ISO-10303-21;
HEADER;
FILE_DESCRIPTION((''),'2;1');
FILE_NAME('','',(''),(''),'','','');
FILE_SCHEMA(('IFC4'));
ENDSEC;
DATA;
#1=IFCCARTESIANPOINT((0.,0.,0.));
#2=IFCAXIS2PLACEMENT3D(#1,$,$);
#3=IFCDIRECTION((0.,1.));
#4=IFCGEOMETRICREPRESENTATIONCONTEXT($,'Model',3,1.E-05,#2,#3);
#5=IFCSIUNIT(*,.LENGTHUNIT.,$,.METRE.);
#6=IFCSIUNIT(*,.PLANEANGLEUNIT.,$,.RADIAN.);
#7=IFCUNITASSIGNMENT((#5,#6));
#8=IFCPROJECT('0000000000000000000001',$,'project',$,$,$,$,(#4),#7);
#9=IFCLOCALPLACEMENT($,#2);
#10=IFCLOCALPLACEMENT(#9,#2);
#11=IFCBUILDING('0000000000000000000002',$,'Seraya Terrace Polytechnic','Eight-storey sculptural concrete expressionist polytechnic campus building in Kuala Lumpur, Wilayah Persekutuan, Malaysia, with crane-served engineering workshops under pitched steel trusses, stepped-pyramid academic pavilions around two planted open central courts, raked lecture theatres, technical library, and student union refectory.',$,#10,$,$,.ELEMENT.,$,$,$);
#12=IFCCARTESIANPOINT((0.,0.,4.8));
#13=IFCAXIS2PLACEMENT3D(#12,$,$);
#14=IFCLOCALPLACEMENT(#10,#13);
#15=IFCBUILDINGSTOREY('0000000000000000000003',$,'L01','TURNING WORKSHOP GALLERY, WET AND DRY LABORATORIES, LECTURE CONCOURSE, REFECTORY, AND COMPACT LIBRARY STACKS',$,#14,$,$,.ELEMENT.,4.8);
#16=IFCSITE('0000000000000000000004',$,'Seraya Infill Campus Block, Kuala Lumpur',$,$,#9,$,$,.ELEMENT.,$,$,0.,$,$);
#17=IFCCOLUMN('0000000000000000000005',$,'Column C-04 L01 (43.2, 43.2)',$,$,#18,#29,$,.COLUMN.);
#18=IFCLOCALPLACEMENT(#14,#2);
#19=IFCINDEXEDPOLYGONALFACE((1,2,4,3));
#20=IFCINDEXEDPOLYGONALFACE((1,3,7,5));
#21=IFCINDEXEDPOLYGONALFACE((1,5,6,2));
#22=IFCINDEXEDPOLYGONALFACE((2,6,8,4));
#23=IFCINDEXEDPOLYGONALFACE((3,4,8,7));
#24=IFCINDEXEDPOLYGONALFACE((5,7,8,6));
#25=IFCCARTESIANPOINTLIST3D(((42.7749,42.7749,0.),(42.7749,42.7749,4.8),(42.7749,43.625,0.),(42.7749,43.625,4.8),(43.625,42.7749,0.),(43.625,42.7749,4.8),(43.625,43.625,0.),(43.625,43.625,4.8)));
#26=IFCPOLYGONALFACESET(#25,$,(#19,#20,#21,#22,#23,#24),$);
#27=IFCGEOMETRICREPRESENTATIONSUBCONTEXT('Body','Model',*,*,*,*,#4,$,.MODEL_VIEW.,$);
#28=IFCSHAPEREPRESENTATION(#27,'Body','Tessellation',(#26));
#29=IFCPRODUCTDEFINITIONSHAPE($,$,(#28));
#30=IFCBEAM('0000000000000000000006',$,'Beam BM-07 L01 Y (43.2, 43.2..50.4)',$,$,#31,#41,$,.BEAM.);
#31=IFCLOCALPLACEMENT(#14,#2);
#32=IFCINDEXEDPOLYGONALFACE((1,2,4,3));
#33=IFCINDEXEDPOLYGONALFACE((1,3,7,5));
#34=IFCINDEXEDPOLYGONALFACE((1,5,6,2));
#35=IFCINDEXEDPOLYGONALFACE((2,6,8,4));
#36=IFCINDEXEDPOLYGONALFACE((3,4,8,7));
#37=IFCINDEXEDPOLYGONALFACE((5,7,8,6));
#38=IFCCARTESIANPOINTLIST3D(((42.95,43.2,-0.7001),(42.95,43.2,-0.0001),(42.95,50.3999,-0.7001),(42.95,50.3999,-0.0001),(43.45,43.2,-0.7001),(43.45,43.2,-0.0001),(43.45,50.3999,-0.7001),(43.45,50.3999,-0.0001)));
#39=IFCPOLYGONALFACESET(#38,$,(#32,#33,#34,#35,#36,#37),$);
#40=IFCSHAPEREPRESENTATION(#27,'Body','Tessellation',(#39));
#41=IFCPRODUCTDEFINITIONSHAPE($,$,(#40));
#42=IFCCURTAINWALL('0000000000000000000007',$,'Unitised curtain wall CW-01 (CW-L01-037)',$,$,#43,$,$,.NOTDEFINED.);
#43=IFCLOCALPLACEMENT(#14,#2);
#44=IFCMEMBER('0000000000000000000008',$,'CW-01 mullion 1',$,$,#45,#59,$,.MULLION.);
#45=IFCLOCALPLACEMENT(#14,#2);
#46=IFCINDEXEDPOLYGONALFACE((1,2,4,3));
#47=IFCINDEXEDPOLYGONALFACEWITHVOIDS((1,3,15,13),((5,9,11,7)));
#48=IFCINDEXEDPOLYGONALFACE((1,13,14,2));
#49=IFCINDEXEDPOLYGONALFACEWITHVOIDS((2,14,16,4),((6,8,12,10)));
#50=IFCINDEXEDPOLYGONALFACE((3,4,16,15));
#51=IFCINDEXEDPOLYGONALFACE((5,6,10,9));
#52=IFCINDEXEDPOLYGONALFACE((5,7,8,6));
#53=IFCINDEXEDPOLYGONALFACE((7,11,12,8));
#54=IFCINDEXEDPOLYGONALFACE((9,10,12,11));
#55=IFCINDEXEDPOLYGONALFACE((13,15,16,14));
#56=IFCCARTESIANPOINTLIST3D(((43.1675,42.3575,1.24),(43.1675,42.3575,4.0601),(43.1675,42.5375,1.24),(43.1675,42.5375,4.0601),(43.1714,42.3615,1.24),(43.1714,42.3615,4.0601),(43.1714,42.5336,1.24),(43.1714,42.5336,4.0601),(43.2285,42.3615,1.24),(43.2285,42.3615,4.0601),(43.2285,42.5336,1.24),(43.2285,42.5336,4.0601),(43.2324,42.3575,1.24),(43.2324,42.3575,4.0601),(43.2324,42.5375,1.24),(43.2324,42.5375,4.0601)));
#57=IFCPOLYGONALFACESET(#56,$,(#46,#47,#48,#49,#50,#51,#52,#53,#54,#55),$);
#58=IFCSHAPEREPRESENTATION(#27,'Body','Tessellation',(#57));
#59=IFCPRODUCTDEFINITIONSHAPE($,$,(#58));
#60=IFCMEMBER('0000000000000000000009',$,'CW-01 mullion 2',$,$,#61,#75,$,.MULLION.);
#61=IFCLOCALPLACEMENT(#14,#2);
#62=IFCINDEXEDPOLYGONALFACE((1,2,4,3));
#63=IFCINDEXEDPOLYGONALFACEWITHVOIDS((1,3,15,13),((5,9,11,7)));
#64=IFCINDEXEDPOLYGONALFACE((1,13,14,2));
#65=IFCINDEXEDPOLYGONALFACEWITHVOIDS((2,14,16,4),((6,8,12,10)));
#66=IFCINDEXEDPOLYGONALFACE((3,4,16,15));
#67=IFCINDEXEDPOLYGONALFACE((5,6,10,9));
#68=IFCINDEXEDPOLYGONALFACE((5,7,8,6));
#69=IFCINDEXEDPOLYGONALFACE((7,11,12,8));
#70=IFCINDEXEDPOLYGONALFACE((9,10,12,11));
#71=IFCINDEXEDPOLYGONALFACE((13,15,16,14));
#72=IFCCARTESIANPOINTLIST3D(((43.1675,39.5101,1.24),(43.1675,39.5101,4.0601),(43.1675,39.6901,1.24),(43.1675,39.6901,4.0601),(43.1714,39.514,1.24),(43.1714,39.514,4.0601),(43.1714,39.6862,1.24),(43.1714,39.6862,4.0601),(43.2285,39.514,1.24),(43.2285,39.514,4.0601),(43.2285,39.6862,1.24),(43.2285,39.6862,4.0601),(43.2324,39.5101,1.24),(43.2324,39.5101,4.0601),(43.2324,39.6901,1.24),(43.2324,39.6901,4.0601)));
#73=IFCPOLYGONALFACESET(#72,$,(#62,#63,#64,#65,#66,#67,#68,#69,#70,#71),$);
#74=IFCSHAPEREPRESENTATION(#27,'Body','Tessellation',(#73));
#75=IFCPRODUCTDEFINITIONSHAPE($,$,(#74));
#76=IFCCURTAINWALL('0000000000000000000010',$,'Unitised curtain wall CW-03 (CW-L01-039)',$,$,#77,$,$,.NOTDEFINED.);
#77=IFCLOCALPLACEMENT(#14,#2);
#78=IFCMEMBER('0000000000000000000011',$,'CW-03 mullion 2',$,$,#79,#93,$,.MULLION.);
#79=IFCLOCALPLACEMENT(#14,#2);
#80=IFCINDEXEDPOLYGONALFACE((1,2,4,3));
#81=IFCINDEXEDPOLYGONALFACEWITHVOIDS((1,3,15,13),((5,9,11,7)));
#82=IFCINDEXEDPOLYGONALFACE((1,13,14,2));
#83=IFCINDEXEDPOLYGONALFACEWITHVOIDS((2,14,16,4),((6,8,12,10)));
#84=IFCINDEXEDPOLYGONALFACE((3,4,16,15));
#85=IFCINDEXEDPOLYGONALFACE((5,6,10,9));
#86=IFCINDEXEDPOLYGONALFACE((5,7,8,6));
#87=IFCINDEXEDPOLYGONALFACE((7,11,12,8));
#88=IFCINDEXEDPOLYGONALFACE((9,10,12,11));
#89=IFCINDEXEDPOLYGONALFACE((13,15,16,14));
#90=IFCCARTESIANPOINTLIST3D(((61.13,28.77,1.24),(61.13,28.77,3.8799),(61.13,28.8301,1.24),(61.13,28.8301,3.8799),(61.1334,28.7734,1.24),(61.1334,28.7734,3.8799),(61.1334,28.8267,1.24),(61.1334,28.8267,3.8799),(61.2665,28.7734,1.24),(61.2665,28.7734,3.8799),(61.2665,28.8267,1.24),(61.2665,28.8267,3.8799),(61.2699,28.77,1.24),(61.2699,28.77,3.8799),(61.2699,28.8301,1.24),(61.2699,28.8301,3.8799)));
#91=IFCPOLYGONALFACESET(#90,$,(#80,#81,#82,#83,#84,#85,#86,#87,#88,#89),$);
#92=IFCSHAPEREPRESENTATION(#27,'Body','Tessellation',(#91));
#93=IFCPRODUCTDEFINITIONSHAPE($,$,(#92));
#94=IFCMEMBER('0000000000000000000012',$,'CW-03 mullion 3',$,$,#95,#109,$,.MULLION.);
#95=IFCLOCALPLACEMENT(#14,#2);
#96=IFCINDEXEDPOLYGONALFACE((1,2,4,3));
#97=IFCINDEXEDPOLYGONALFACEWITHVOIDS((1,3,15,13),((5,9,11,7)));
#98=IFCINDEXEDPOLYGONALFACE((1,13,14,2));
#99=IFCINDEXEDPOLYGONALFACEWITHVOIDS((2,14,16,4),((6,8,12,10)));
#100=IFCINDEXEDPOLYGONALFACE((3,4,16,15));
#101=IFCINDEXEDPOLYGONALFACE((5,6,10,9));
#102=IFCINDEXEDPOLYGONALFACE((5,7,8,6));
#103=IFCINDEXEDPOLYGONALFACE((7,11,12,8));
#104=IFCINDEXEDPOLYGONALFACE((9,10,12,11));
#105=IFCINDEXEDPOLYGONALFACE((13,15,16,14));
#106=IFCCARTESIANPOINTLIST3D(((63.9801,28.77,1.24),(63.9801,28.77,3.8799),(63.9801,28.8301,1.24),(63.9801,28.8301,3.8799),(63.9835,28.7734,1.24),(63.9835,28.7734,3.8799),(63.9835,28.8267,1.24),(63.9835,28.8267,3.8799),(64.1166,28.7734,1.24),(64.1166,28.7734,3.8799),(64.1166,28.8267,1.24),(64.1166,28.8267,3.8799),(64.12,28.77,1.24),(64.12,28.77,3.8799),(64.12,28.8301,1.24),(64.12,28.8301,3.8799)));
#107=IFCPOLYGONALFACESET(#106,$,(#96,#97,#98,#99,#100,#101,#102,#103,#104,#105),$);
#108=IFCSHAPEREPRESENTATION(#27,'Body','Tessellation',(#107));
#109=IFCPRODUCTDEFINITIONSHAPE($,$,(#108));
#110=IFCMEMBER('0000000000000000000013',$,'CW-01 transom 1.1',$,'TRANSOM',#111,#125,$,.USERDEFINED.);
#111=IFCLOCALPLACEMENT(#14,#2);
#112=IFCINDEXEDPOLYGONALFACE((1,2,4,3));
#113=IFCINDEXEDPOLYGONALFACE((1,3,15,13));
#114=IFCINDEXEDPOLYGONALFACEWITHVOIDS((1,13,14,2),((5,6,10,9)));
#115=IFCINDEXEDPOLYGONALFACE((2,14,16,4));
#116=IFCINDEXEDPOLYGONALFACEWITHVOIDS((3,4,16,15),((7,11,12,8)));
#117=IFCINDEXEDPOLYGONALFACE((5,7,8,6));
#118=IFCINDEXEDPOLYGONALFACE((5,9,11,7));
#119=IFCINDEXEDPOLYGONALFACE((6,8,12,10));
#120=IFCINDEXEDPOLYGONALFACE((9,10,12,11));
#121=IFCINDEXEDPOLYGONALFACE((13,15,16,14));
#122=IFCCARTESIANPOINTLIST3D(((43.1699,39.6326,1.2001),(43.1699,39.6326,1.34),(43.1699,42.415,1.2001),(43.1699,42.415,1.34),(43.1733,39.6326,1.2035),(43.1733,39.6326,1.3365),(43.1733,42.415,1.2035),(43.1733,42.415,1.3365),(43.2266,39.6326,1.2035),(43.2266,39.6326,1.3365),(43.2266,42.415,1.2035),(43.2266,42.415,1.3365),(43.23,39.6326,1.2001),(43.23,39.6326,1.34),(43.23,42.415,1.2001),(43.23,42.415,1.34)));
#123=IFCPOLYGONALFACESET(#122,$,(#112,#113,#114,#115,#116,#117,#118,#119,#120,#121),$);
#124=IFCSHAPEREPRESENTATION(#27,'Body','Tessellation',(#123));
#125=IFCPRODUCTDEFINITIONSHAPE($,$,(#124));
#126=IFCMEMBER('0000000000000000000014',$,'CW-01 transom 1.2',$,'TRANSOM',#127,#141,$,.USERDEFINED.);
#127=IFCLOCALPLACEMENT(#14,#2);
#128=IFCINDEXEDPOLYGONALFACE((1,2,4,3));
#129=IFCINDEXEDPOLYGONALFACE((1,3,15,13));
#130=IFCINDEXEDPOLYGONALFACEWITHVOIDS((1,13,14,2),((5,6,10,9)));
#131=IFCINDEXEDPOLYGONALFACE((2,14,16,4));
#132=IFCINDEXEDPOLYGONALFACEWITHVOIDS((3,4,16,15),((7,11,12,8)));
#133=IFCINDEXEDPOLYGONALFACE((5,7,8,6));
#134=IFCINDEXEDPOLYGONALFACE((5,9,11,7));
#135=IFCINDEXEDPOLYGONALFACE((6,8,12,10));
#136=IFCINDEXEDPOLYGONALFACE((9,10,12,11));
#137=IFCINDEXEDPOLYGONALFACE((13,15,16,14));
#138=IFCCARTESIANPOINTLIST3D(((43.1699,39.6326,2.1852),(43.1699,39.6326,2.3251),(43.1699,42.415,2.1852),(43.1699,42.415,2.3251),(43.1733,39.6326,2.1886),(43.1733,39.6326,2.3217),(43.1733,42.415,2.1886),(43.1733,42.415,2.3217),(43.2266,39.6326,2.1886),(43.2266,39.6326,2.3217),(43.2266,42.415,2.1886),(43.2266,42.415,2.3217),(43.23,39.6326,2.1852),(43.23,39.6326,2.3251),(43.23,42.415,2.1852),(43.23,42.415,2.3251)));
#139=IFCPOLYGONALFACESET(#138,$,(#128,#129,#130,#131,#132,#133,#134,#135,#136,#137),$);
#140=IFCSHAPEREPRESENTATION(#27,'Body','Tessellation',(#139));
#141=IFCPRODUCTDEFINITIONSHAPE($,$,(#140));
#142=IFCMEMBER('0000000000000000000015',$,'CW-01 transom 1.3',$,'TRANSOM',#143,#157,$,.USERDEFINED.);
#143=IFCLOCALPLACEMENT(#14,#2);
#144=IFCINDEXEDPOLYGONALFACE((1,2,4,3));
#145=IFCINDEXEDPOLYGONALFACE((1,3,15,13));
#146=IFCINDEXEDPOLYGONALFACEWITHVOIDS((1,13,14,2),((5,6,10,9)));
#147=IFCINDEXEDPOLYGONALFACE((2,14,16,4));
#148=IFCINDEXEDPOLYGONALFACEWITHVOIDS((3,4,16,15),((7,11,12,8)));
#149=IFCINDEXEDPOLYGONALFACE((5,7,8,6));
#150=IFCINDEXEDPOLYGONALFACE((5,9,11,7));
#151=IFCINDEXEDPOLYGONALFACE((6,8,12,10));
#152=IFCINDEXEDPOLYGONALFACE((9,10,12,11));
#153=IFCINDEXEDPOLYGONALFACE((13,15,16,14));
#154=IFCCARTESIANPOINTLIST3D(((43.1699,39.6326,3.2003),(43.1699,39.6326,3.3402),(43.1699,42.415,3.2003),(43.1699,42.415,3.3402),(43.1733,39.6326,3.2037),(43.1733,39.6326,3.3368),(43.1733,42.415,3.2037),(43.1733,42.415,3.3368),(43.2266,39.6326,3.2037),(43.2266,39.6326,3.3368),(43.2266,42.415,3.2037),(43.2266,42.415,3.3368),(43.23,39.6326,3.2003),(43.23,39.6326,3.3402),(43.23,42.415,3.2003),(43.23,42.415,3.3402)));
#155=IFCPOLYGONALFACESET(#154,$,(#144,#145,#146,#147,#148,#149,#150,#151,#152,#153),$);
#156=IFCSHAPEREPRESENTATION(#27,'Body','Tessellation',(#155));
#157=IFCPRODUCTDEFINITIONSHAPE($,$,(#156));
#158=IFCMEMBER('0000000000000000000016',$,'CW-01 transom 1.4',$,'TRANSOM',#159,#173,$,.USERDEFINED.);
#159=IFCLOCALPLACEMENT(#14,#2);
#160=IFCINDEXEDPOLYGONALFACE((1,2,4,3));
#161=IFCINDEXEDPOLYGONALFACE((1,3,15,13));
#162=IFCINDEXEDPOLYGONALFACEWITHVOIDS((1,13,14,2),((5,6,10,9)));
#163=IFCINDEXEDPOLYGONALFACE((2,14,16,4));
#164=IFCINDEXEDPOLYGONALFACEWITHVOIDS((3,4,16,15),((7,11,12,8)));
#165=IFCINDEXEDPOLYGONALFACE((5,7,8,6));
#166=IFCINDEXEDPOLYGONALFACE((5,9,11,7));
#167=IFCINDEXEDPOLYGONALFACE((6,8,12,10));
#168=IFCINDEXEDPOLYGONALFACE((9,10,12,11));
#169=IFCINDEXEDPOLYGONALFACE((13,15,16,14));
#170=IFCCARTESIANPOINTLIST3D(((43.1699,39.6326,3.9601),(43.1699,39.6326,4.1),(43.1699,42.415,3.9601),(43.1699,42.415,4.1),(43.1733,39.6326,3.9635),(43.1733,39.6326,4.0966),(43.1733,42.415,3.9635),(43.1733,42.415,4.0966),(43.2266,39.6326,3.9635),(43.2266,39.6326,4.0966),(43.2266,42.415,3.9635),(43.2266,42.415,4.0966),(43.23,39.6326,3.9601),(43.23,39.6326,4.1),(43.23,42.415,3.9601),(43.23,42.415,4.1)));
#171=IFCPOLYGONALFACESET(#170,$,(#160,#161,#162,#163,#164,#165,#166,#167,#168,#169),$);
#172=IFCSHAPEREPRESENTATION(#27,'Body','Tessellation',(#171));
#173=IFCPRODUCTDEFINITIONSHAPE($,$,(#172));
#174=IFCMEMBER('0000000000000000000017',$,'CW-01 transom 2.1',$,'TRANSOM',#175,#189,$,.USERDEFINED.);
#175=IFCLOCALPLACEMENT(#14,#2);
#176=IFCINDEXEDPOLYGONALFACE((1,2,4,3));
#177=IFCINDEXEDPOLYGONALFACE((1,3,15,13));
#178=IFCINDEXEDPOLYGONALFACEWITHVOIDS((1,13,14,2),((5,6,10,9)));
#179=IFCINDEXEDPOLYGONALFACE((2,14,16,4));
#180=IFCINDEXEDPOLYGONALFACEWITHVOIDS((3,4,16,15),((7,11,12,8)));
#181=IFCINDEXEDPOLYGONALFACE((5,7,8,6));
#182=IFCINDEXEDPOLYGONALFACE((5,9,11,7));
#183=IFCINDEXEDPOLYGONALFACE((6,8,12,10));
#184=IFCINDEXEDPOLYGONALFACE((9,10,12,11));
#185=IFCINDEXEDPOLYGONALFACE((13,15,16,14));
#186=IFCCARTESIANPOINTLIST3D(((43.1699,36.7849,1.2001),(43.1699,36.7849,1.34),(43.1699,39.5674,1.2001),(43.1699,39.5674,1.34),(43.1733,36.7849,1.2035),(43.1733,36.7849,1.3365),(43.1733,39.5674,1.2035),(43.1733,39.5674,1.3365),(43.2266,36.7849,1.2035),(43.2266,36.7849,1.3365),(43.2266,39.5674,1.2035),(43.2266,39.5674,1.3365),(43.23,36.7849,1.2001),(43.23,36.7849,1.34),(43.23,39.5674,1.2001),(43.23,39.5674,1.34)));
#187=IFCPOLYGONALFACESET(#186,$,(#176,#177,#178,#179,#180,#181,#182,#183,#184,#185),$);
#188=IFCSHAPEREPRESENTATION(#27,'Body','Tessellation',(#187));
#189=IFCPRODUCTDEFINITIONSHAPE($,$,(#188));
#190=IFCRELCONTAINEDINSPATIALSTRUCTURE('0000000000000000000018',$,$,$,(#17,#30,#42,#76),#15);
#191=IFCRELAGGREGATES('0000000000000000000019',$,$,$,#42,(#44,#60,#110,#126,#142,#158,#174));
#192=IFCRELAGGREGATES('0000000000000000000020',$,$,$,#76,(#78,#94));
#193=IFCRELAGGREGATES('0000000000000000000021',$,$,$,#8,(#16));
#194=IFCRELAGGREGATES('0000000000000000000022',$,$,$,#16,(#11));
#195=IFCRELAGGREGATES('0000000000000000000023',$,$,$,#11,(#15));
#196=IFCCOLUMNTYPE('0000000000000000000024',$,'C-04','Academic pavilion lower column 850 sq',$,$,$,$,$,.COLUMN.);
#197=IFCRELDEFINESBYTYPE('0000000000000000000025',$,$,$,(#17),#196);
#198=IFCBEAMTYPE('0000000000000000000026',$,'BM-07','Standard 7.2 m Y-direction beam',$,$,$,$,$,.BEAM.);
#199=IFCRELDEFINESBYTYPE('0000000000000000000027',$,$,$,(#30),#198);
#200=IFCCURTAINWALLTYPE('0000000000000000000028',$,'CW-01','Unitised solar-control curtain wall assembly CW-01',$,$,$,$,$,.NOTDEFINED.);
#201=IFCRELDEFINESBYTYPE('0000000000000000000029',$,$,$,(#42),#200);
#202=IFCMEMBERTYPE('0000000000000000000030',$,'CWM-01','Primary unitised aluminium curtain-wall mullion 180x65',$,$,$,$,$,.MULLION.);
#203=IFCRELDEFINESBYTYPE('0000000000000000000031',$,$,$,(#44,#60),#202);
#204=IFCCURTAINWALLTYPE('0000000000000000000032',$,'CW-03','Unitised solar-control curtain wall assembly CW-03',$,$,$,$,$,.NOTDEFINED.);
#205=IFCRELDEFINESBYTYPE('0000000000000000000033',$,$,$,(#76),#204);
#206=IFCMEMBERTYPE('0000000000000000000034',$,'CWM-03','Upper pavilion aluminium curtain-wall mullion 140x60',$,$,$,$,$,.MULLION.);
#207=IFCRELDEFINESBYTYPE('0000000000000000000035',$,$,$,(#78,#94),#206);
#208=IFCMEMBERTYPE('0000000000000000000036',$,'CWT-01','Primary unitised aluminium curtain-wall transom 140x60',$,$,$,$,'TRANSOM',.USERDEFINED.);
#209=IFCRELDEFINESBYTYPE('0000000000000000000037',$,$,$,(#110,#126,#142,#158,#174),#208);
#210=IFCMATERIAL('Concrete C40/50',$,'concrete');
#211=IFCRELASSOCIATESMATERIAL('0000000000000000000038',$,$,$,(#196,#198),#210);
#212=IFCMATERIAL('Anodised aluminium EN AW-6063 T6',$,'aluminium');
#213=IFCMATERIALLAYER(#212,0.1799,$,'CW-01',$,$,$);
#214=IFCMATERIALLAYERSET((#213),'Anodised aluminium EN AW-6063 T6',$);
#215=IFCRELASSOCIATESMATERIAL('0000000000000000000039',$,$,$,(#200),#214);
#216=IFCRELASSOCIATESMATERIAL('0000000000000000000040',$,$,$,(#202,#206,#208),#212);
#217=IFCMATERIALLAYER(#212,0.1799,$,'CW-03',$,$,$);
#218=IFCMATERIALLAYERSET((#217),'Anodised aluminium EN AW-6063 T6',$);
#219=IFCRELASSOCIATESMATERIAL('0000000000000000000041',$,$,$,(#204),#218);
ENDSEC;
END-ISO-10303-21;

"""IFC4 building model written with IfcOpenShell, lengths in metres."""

from ifc_helpers import new_model, si_unit, direction, frame, origin, origin_2d, place, context, subcontext, project, spatial, rectangle, hollow_rectangle, extrude, material, layer, layer_set, material_profile, profile_set, type_object, element, aggregate, save


model = new_model("IFC4")

# Units and contexts
model_context = context("Model", 3, precision=1e-05, world=origin(), true_north=direction((0.0, 1.0)))
body_context = subcontext(model_context, "Body", "Model", "MODEL_VIEW")
ifc_project = project(units=[si_unit("LENGTHUNIT", "METRE"), si_unit("PLANEANGLEUNIT", "RADIAN")], contexts=[model_context])

# Site, building, storey
site_placement = place(None, origin())
site = spatial("IfcSite", under=ifc_project, at=site_placement, Name="Seraya Infill Campus Block, Kuala Lumpur", CompositionType="ELEMENT", RefElevation=0.0)
building_placement = place(site_placement, origin())
building = spatial("IfcBuilding", under=site, at=building_placement, Name="Seraya Terrace Polytechnic", Description="Eight-storey sculptural concrete expressionist polytechnic campus building in Kuala Lumpur, Wilayah Persekutuan, Malaysia, with crane-served engineering workshops under pitched steel trusses, stepped-pyramid academic pavilions around two planted open central courts, raked lecture theatres, technical library, and student union refectory.", CompositionType="ELEMENT")
storey_placement = place(building_placement, frame((0.0, 0.0, 4.8)))
storey = spatial("IfcBuildingStorey", under=building, at=storey_placement, Name="L01", Description="TURNING WORKSHOP GALLERY, WET AND DRY LABORATORIES, LECTURE CONCOURSE, REFECTORY, AND COMPACT LIBRARY STACKS", CompositionType="ELEMENT", Elevation=4.8)

# Column
ifc_material_1 = material(Name="Concrete C40/50", Category="concrete")
ifc_material_profile_1 = material_profile(ifc_material_1, rectangle(XDim=0.8501, YDim=0.8501, at=origin_2d()), Name="RC 850x850")
ifc_profile_set_1 = profile_set([ifc_material_profile_1], Name="Concrete C40/50")
column_type = type_object("IfcColumnType", Name="C-04", Description="Academic pavilion lower column 850 sq", PredefinedType="COLUMN", material=ifc_profile_set_1)
column_placement = place(storey_placement, frame((43.2, 43.2, 0.0), z_axis=(0.0, 0.0, 1.0), x_axis=(1.0, 0.0, 0.0)))
element("IfcColumn", 1, at=column_placement, inside=storey, type_object=column_type, Name="Column C-04 L01 (43.2, 43.2)", PredefinedType="COLUMN", context=body_context, shape_type="SweptSolid", body=[
    extrude(rectangle(XDim=0.8501, YDim=0.8501, at=origin_2d()), origin(), (0.0, 0.0, 1.0), 4.8),
])

# Beam
ifc_material_profile_2 = material_profile(ifc_material_1, rectangle(XDim=0.5, YDim=0.7, at=origin_2d()), Name="RC 500x700")
ifc_profile_set_2 = profile_set([ifc_material_profile_2], Name="Concrete C40/50")
beam_type = type_object("IfcBeamType", Name="BM-07", Description="Standard 7.2 m Y-direction beam", PredefinedType="BEAM", material=ifc_profile_set_2)
beam_placement = place(storey_placement, frame((43.2, 43.2, -0.3501), z_axis=(0.0, 1.0, 0.0), x_axis=(-1.0, 0.0, 0.0)))
element("IfcBeam", 2, at=beam_placement, inside=storey, type_object=beam_type, Name="Beam BM-07 L01 Y (43.2, 43.2..50.4)", PredefinedType="BEAM", context=body_context, shape_type="SweptSolid", body=[
    extrude(rectangle(XDim=0.5, YDim=0.7, at=origin_2d()), origin(), (0.0, 0.0, 1.0), 7.2),
])

# Curtain walls, members
ifc_material_2 = material(Name="Anodised aluminium EN AW-6063 T6", Category="aluminium")
ifc_layer_1 = layer(ifc_material_2, 0.1799, Name="CW-01")
ifc_layer_set_1 = layer_set([ifc_layer_1], Name="Anodised aluminium EN AW-6063 T6")
curtain_wall_type_1 = type_object("IfcCurtainWallType", Name="CW-01", Description="Unitised solar-control curtain wall assembly CW-01", PredefinedType="NOTDEFINED", material=ifc_layer_set_1)
curtain_wall_1_placement = place(storey_placement, origin())
curtain_wall_1 = element("IfcCurtainWall", 3, at=curtain_wall_1_placement, inside=storey, type_object=curtain_wall_type_1, Name="Unitised curtain wall CW-01 (CW-L01-037)", PredefinedType="NOTDEFINED")
ifc_material_profile_3 = material_profile(ifc_material_2, hollow_rectangle(XDim=0.0649, YDim=0.1799, WallThickness=0.0039, at=origin_2d()), Name="RHS 180x65x4.0")
ifc_profile_set_3 = profile_set([ifc_material_profile_3], Name="Anodised aluminium EN AW-6063 T6")
member_type_1 = type_object("IfcMemberType", Name="CWM-01", Description="Primary unitised aluminium curtain-wall mullion 180x65", PredefinedType="MULLION", material=ifc_profile_set_3)
member_1_placement = place(storey_placement, frame((43.2, 42.4475, 1.24), z_axis=(0.0, 0.0, 1.0), x_axis=(1.0, 0.0, 0.0)))
member_1 = element("IfcMember", 4, at=member_1_placement, type_object=member_type_1, Name="CW-01 mullion 1", PredefinedType="MULLION", context=body_context, shape_type="SweptSolid", body=[
    extrude(hollow_rectangle(XDim=0.0649, YDim=0.1799, WallThickness=0.0039, at=origin_2d()), origin(), (0.0, 0.0, 1.0), 2.8201),
])
member_2_placement = place(storey_placement, frame((43.2, 39.6001, 1.24), z_axis=(0.0, 0.0, 1.0), x_axis=(1.0, 0.0, 0.0)))
member_2 = element("IfcMember", 5, at=member_2_placement, type_object=member_type_1, Name="CW-01 mullion 2", PredefinedType="MULLION", context=body_context, shape_type="SweptSolid", body=[
    extrude(hollow_rectangle(XDim=0.0649, YDim=0.1799, WallThickness=0.0039, at=origin_2d()), origin(), (0.0, 0.0, 1.0), 2.8201),
])
ifc_layer_2 = layer(ifc_material_2, 0.1799, Name="CW-03")
ifc_layer_set_2 = layer_set([ifc_layer_2], Name="Anodised aluminium EN AW-6063 T6")
curtain_wall_type_2 = type_object("IfcCurtainWallType", Name="CW-03", Description="Unitised solar-control curtain wall assembly CW-03", PredefinedType="NOTDEFINED", material=ifc_layer_set_2)
curtain_wall_2_placement = place(storey_placement, origin())
curtain_wall_2 = element("IfcCurtainWall", 6, at=curtain_wall_2_placement, inside=storey, type_object=curtain_wall_type_2, Name="Unitised curtain wall CW-03 (CW-L01-039)", PredefinedType="NOTDEFINED")
ifc_material_profile_4 = material_profile(ifc_material_2, hollow_rectangle(XDim=0.0601, YDim=0.1399, WallThickness=0.0034, at=origin_2d()), Name="RHS 140x60x3.5")
ifc_profile_set_4 = profile_set([ifc_material_profile_4], Name="Anodised aluminium EN AW-6063 T6")
member_type_2 = type_object("IfcMemberType", Name="CWM-03", Description="Upper pavilion aluminium curtain-wall mullion 140x60", PredefinedType="MULLION", material=ifc_profile_set_4)
member_3_placement = place(storey_placement, frame((61.2, 28.8, 1.24), z_axis=(0.0, 0.0, 1.0), x_axis=(0.0, 1.0, 0.0)))
member_3 = element("IfcMember", 7, at=member_3_placement, type_object=member_type_2, Name="CW-03 mullion 2", PredefinedType="MULLION", context=body_context, shape_type="SweptSolid", body=[
    extrude(hollow_rectangle(XDim=0.0601, YDim=0.1399, WallThickness=0.0034, at=origin_2d()), origin(), (0.0, 0.0, 1.0), 2.6399),
])
member_4_placement = place(storey_placement, frame((64.05, 28.8, 1.24), z_axis=(0.0, 0.0, 1.0), x_axis=(0.0, 1.0, 0.0)))
member_4 = element("IfcMember", 8, at=member_4_placement, type_object=member_type_2, Name="CW-03 mullion 3", PredefinedType="MULLION", context=body_context, shape_type="SweptSolid", body=[
    extrude(hollow_rectangle(XDim=0.0601, YDim=0.1399, WallThickness=0.0034, at=origin_2d()), origin(), (0.0, 0.0, 1.0), 2.6399),
])

# Members
ifc_material_profile_5 = material_profile(ifc_material_2, hollow_rectangle(XDim=0.0601, YDim=0.1399, WallThickness=0.0034, at=origin_2d()), Name="RHS 140x60x3.5")
ifc_profile_set_5 = profile_set([ifc_material_profile_5], Name="Anodised aluminium EN AW-6063 T6")
member_type_3 = type_object("IfcMemberType", Name="CWT-01", Description="Primary unitised aluminium curtain-wall transom 140x60", ElementType="TRANSOM", PredefinedType="USERDEFINED", material=ifc_profile_set_5)
member_5_placement = place(storey_placement, frame((43.2, 42.415, 1.27), z_axis=(0.0, -1.0, 0.0), x_axis=(1.0, 0.0, 0.0)))
member_5 = element("IfcMember", 9, at=member_5_placement, type_object=member_type_3, Name="CW-01 transom 1.1", ObjectType="TRANSOM", PredefinedType="USERDEFINED", context=body_context, shape_type="SweptSolid", body=[
    extrude(hollow_rectangle(XDim=0.0601, YDim=0.1399, WallThickness=0.0034, at=origin_2d()), origin(), (0.0, 0.0, 1.0), 2.7825),
])
member_6_placement = place(storey_placement, frame((43.2, 42.415, 2.2551), z_axis=(0.0, -1.0, 0.0), x_axis=(1.0, 0.0, 0.0)))
member_6 = element("IfcMember", 10, at=member_6_placement, type_object=member_type_3, Name="CW-01 transom 1.2", ObjectType="TRANSOM", PredefinedType="USERDEFINED", context=body_context, shape_type="SweptSolid", body=[
    extrude(hollow_rectangle(XDim=0.0601, YDim=0.1399, WallThickness=0.0034, at=origin_2d()), origin(), (0.0, 0.0, 1.0), 2.7825),
])
member_7_placement = place(storey_placement, frame((43.2, 42.415, 3.2703), z_axis=(0.0, -1.0, 0.0), x_axis=(1.0, 0.0, 0.0)))
member_7 = element("IfcMember", 11, at=member_7_placement, type_object=member_type_3, Name="CW-01 transom 1.3", ObjectType="TRANSOM", PredefinedType="USERDEFINED", context=body_context, shape_type="SweptSolid", body=[
    extrude(hollow_rectangle(XDim=0.0601, YDim=0.1399, WallThickness=0.0034, at=origin_2d()), origin(), (0.0, 0.0, 1.0), 2.7825),
])
member_8_placement = place(storey_placement, frame((43.2, 42.415, 4.03), z_axis=(0.0, -1.0, 0.0), x_axis=(1.0, 0.0, 0.0)))
member_8 = element("IfcMember", 12, at=member_8_placement, type_object=member_type_3, Name="CW-01 transom 1.4", ObjectType="TRANSOM", PredefinedType="USERDEFINED", context=body_context, shape_type="SweptSolid", body=[
    extrude(hollow_rectangle(XDim=0.0601, YDim=0.1399, WallThickness=0.0034, at=origin_2d()), origin(), (0.0, 0.0, 1.0), 2.7825),
])
member_9_placement = place(storey_placement, frame((43.2, 39.5674, 1.27), z_axis=(0.0, -1.0, 0.0), x_axis=(1.0, 0.0, 0.0)))
member_9 = element("IfcMember", 13, at=member_9_placement, type_object=member_type_3, Name="CW-01 transom 2.1", ObjectType="TRANSOM", PredefinedType="USERDEFINED", context=body_context, shape_type="SweptSolid", body=[
    extrude(hollow_rectangle(XDim=0.0601, YDim=0.1399, WallThickness=0.0034, at=origin_2d()), origin(), (0.0, 0.0, 1.0), 2.7825),
])

aggregate(curtain_wall_1, [member_1, member_2, member_5, member_6, member_7, member_8, member_9])
aggregate(curtain_wall_2, [member_3, member_4])

save(model, "model.ifc")
